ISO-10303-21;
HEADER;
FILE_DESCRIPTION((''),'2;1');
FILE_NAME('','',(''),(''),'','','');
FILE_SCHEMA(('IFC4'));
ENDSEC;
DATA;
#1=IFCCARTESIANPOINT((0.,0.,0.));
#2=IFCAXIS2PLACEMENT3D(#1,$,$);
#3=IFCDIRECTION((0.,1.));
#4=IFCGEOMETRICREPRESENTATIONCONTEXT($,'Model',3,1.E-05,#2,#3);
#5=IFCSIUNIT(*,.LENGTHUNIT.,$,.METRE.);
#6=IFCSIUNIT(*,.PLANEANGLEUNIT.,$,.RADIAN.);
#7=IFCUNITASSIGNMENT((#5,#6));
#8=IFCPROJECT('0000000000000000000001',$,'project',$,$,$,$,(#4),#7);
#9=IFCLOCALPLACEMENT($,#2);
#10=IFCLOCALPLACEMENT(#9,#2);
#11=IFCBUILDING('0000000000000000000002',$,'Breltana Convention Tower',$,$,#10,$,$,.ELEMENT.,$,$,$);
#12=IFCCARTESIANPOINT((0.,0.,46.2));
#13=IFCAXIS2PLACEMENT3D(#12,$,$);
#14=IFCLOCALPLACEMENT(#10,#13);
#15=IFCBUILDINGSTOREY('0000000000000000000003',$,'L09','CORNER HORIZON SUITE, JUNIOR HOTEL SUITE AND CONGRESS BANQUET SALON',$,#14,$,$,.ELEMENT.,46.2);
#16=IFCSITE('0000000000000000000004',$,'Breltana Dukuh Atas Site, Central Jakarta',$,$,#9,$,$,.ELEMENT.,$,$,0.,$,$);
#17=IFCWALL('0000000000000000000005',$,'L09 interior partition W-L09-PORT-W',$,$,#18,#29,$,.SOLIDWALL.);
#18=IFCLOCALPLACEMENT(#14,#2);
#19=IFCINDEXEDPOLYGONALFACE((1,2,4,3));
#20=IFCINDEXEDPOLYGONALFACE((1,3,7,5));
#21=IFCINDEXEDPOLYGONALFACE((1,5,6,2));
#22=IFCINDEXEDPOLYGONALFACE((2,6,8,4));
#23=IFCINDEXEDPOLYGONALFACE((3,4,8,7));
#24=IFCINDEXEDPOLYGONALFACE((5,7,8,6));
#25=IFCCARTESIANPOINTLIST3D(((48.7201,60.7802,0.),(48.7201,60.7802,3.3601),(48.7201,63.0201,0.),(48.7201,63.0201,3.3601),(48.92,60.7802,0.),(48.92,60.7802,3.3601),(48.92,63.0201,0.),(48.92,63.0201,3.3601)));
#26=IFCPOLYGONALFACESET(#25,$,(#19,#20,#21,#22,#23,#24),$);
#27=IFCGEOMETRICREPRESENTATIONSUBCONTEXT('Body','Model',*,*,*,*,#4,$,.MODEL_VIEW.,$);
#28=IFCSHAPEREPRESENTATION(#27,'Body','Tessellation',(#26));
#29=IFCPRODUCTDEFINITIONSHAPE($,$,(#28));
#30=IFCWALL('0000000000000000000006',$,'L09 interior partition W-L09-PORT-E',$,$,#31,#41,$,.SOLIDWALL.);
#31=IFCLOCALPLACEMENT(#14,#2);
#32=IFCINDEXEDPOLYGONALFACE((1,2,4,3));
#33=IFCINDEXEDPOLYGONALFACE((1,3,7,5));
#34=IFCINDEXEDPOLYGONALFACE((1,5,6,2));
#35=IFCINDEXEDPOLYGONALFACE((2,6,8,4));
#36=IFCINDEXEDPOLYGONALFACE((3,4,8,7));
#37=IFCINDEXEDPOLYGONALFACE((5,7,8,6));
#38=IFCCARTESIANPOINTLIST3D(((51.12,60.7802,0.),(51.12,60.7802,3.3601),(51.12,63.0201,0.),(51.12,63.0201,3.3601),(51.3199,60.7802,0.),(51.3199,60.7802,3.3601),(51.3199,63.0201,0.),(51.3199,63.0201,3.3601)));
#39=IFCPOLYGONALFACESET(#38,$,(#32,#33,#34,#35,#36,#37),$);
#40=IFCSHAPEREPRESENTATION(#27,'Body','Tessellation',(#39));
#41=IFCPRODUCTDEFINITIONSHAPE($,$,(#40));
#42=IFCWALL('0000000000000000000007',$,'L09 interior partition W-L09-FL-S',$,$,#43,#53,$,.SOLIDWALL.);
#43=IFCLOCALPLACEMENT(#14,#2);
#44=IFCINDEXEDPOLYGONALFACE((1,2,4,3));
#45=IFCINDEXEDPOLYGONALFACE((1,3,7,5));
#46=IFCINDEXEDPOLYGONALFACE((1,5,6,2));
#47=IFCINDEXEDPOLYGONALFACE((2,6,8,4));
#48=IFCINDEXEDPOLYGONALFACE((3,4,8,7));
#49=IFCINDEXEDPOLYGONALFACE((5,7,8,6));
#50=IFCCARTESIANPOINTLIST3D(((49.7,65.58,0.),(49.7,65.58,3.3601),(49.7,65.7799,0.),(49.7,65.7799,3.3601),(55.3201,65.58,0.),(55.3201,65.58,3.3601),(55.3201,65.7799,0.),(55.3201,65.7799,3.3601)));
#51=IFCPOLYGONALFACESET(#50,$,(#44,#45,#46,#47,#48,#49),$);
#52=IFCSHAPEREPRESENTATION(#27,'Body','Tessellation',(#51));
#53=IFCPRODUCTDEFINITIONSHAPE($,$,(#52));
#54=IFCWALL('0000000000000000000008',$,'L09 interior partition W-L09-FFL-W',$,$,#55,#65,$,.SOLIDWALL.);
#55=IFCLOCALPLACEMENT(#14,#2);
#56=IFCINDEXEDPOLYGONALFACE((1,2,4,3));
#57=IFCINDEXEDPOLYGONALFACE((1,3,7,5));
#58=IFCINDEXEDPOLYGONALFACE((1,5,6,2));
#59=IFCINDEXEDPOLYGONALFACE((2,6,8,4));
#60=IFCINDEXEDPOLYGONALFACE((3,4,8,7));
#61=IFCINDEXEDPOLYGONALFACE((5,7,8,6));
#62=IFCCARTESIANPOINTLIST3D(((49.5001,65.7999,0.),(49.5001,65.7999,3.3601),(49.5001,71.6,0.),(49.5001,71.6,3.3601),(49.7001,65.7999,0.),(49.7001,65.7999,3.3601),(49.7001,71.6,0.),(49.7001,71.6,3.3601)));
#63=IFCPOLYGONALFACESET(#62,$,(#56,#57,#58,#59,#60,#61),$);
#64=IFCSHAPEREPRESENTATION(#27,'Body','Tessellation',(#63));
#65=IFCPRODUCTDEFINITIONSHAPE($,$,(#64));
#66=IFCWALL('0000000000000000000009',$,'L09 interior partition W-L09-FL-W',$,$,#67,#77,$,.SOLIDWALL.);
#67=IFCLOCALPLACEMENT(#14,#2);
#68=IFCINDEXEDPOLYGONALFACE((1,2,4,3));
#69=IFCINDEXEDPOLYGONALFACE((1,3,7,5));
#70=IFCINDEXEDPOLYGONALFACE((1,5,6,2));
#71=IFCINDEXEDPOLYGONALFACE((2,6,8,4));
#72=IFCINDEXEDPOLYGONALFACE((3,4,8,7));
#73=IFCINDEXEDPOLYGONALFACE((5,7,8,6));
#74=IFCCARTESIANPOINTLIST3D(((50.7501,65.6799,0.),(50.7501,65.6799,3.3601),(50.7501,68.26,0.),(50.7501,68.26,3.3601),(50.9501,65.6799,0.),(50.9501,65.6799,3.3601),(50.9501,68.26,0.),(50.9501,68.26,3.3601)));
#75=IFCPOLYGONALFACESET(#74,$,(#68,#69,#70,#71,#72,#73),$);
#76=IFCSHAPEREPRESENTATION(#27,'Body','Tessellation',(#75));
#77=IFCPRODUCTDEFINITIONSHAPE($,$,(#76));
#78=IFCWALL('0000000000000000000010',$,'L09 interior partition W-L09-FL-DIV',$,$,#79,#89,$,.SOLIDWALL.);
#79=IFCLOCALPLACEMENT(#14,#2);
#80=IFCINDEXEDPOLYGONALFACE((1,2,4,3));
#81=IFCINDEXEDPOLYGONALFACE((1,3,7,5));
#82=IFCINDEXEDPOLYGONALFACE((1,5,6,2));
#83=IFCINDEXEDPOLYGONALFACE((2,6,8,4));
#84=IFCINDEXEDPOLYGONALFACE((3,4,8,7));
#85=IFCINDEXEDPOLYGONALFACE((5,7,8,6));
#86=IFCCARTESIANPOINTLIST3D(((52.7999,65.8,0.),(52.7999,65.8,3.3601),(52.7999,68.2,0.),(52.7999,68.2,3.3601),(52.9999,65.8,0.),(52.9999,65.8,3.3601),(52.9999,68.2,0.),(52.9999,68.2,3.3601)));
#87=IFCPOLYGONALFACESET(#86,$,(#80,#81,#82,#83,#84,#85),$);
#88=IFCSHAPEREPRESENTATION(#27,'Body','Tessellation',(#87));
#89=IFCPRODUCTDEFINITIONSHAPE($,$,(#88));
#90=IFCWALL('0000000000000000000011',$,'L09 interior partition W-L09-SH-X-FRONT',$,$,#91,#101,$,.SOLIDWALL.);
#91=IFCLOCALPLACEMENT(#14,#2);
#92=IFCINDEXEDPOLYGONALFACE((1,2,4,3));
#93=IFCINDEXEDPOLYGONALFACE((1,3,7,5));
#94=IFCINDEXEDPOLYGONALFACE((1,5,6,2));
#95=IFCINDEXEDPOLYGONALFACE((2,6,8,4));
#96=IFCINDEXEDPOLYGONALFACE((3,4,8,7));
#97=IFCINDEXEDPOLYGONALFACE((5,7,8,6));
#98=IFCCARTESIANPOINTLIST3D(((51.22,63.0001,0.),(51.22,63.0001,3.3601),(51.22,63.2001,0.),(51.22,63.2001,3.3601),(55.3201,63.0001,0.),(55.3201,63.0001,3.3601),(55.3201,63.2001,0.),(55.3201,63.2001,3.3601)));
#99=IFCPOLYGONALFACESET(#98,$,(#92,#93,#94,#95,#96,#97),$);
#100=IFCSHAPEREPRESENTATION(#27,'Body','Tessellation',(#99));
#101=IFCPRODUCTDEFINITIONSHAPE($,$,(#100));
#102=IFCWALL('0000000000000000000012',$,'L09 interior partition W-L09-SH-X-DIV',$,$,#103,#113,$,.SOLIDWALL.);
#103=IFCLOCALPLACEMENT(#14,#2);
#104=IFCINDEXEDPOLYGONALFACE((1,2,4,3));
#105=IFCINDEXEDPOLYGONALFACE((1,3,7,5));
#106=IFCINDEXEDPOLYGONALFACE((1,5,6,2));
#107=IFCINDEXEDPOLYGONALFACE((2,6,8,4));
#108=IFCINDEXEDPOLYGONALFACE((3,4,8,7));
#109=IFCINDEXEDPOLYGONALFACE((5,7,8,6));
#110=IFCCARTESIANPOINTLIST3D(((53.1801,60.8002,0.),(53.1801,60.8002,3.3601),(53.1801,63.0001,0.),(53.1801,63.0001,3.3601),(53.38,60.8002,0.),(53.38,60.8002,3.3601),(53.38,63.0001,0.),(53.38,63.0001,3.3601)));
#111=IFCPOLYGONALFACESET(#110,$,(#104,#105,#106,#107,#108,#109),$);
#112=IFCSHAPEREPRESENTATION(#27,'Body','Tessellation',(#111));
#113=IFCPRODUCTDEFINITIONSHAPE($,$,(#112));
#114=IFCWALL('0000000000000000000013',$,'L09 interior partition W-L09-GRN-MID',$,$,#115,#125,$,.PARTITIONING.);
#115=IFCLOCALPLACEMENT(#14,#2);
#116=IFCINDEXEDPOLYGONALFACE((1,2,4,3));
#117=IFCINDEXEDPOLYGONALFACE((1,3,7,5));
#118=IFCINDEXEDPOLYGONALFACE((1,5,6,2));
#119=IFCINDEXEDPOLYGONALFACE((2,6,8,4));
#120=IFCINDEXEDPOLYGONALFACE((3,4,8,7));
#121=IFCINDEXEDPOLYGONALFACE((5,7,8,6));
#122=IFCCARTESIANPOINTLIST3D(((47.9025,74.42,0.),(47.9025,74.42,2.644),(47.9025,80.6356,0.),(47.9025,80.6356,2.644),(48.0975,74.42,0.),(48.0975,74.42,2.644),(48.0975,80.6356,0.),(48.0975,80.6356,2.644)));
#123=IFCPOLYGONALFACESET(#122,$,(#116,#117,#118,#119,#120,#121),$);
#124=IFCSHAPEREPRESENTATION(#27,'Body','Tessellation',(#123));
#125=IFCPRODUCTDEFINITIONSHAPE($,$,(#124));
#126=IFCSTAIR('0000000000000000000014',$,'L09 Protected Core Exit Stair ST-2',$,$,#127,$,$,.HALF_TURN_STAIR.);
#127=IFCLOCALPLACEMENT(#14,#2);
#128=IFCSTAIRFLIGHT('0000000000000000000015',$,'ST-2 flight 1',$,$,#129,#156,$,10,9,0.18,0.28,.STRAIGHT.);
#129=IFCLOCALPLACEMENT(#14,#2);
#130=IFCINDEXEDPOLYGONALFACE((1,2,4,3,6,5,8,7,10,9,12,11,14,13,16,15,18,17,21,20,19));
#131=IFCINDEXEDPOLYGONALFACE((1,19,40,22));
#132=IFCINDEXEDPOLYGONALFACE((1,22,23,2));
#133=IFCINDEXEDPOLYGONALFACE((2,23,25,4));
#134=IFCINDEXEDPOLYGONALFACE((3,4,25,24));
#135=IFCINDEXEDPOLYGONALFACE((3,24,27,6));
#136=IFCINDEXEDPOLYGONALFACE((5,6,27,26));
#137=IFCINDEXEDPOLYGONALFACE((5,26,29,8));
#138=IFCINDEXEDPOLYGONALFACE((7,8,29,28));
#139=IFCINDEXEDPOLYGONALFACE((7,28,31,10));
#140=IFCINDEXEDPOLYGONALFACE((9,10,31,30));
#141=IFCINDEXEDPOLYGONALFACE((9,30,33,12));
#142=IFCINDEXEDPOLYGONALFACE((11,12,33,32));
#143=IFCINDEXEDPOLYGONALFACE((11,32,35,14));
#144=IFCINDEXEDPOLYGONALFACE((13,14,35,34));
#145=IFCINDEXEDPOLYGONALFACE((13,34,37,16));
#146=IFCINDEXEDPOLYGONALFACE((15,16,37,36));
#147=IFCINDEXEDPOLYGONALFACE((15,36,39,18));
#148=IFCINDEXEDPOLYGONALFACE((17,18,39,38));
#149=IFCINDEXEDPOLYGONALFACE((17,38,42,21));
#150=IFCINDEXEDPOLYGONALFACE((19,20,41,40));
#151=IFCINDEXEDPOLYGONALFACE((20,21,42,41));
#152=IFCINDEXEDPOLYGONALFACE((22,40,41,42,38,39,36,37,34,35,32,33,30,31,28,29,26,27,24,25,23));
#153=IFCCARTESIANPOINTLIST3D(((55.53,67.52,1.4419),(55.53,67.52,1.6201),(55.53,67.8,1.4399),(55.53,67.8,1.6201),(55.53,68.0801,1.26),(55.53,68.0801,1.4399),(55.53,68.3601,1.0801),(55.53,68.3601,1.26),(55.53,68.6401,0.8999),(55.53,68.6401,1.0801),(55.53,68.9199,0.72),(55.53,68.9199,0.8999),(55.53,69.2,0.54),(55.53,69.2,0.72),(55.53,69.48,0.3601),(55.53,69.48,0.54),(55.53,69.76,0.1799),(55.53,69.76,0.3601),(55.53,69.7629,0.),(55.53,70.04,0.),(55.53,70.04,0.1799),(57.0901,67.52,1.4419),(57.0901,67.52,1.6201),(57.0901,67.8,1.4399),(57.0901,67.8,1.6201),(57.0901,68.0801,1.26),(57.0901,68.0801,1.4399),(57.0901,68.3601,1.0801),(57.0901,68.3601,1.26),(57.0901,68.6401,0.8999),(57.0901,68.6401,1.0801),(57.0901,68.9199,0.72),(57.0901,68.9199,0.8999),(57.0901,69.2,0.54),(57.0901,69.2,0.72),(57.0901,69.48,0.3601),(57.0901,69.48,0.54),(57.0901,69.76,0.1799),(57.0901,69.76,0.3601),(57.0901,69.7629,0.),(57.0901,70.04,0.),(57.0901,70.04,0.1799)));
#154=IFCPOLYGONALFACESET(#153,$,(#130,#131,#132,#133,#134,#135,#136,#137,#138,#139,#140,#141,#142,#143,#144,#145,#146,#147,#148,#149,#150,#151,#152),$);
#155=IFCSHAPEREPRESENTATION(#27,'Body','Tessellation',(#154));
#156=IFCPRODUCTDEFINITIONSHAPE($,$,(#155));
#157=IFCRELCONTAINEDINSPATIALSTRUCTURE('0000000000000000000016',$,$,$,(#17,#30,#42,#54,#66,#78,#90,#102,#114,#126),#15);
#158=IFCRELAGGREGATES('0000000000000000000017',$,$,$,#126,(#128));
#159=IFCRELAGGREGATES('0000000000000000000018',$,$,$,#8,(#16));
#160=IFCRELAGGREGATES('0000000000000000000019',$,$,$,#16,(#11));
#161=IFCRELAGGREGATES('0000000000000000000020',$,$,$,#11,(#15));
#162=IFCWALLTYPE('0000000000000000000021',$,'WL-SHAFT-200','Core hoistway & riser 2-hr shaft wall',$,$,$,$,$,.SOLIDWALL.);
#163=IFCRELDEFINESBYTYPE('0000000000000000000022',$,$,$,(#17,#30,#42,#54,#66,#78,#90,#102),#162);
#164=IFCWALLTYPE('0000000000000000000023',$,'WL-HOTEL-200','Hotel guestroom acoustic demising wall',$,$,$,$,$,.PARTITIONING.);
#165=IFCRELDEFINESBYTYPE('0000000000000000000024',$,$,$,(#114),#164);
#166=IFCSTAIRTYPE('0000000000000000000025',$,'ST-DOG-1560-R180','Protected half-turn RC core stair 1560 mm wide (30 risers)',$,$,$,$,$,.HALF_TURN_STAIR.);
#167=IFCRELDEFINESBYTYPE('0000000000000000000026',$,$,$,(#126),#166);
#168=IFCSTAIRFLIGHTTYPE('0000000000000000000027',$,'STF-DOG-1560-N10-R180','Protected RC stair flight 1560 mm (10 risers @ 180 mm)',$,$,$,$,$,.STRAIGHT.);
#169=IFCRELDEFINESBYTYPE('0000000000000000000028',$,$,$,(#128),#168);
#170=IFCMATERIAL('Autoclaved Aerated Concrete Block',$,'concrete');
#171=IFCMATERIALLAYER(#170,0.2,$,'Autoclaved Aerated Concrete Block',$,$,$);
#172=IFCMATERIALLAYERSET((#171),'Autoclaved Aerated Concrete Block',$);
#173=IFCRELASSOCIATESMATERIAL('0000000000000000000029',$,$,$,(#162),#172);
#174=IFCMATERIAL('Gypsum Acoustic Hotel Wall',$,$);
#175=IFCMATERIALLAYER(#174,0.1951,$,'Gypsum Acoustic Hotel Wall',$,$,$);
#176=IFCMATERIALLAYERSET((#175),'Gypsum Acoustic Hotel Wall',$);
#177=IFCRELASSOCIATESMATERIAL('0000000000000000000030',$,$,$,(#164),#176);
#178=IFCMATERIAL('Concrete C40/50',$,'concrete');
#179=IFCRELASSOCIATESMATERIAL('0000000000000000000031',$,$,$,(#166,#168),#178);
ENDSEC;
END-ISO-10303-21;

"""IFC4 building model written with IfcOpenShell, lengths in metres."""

from ifc_helpers import new_model, si_unit, direction, frame, frame_2d, origin, place, context, subcontext, project, spatial, polyline, rectangle, outline, extrude, source, transform, mapped, material, layer, layer_set, type_object, element, aggregate, save


model = new_model("IFC4")

# Units and contexts
model_context = context("Model", 3, precision=1e-05, world=origin(), true_north=direction((0.0, 1.0)))
body_context = subcontext(model_context, "Body", "Model", "MODEL_VIEW")
ifc_project = project(units=[si_unit("LENGTHUNIT", "METRE"), si_unit("PLANEANGLEUNIT", "RADIAN")], contexts=[model_context])

# Site, building, storey
site_placement = place(None, origin())
site = spatial("IfcSite", under=ifc_project, at=site_placement, Name="Breltana Dukuh Atas Site, Central Jakarta", CompositionType="ELEMENT", RefElevation=0.0)
building_placement = place(site_placement, origin())
building = spatial("IfcBuilding", under=site, at=building_placement, Name="Breltana Convention Tower", CompositionType="ELEMENT")
storey_placement = place(building_placement, frame((0.0, 0.0, 46.2)))
storey = spatial("IfcBuildingStorey", under=building, at=storey_placement, Name="L09", Description="CORNER HORIZON SUITE, JUNIOR HOTEL SUITE AND CONGRESS BANQUET SALON", CompositionType="ELEMENT", Elevation=46.2)

# Walls
ifc_material_1 = material(Name="Autoclaved Aerated Concrete Block", Category="concrete")
ifc_layer_1 = layer(ifc_material_1, 0.2, Name="Autoclaved Aerated Concrete Block")
ifc_layer_set_1 = layer_set([ifc_layer_1], Name="Autoclaved Aerated Concrete Block")
wall_type_1 = type_object("IfcWallType", Name="WL-SHAFT-200", Description="Core hoistway & riser 2-hr shaft wall", PredefinedType="SOLIDWALL", material=ifc_layer_set_1)
shared_shape_1 = source(origin(), body_context, "Body", "SweptSolid", [
    extrude(rectangle(XDim=2.24, YDim=0.2, at=frame_2d((1.1201, 0.0))), origin(), (0.0, 0.0, 1.0), 3.3601),
])
for number, where, z_axis, x_axis, name in (
    (1, (48.8201, 60.78, 0.0), (0.0, 0.0, 1.0), (0.0, 1.0, 0.0), "L09 interior partition W-L09-PORT-W"),
    (2, (51.22, 60.78, 0.0), (0.0, 0.0, 1.0), (0.0, 1.0, 0.0), "L09 interior partition W-L09-PORT-E"),
):
    element("IfcWall", number, at=place(storey_placement, frame(where, z_axis=z_axis, x_axis=x_axis)), inside=storey, type_object=wall_type_1, Name=name, PredefinedType="SOLIDWALL", context=body_context, shape_type="MappedRepresentation", body=[
        mapped(shared_shape_1, transform((0.0, 0.0, 0.0), scale=1.0)),
    ])

# Shared definitions
shared_shape_2 = source(origin(), body_context, "Body", "SweptSolid", [
    extrude(rectangle(XDim=5.6201, YDim=0.2, at=frame_2d((2.8101, 0.0))), origin(), (0.0, 0.0, 1.0), 3.3601),
])

# Walls
wall_1_placement = place(storey_placement, frame((49.7, 65.6799, 0.0), z_axis=(0.0, 0.0, 1.0), x_axis=(1.0, 0.0, 0.0)))
element("IfcWall", 3, at=wall_1_placement, inside=storey, type_object=wall_type_1, Name="L09 interior partition W-L09-FL-S", PredefinedType="SOLIDWALL", context=body_context, shape_type="MappedRepresentation", body=[
    mapped(shared_shape_2, transform((0.0, 0.0, 0.0), scale=1.0)),
])
shared_shape_3 = source(origin(), body_context, "Body", "SweptSolid", [
    extrude(rectangle(XDim=5.8, YDim=0.2, at=frame_2d((2.8999, 0.0))), origin(), (0.0, 0.0, 1.0), 3.3601),
])
wall_2_placement = place(storey_placement, frame((49.6001, 65.8, 0.0), z_axis=(0.0, 0.0, 1.0), x_axis=(0.0, 1.0, 0.0)))
element("IfcWall", 4, at=wall_2_placement, inside=storey, type_object=wall_type_1, Name="L09 interior partition W-L09-FFL-W", PredefinedType="SOLIDWALL", context=body_context, shape_type="MappedRepresentation", body=[
    mapped(shared_shape_3, transform((0.0, 0.0, 0.0), scale=1.0)),
])
shared_shape_4 = source(origin(), body_context, "Body", "SweptSolid", [
    extrude(rectangle(XDim=2.5801, YDim=0.2, at=frame_2d((1.29, 0.0))), origin(), (0.0, 0.0, 1.0), 3.3601),
])
wall_3_placement = place(storey_placement, frame((50.8501, 65.6799, 0.0), z_axis=(0.0, 0.0, 1.0), x_axis=(0.0, 1.0, 0.0)))
element("IfcWall", 5, at=wall_3_placement, inside=storey, type_object=wall_type_1, Name="L09 interior partition W-L09-FL-W", PredefinedType="SOLIDWALL", context=body_context, shape_type="MappedRepresentation", body=[
    mapped(shared_shape_4, transform((0.0, 0.0, 0.0), scale=1.0)),
])
shared_shape_5 = source(origin(), body_context, "Body", "SweptSolid", [
    extrude(rectangle(XDim=2.3999, YDim=0.2, at=frame_2d((1.2, 0.0))), origin(), (0.0, 0.0, 1.0), 3.3601),
])
wall_4_placement = place(storey_placement, frame((52.8999, 65.8, 0.0), z_axis=(0.0, 0.0, 1.0), x_axis=(0.0, 1.0, 0.0)))
element("IfcWall", 6, at=wall_4_placement, inside=storey, type_object=wall_type_1, Name="L09 interior partition W-L09-FL-DIV", PredefinedType="SOLIDWALL", context=body_context, shape_type="MappedRepresentation", body=[
    mapped(shared_shape_5, transform((0.0, 0.0, 0.0), scale=1.0)),
])
shared_shape_6 = source(origin(), body_context, "Body", "SweptSolid", [
    extrude(rectangle(XDim=4.1001, YDim=0.2, at=frame_2d((2.05, 0.0))), origin(), (0.0, 0.0, 1.0), 3.3601),
])
wall_5_placement = place(storey_placement, frame((51.22, 63.1001, 0.0), z_axis=(0.0, 0.0, 1.0), x_axis=(1.0, 0.0, 0.0)))
element("IfcWall", 7, at=wall_5_placement, inside=storey, type_object=wall_type_1, Name="L09 interior partition W-L09-SH-X-FRONT", PredefinedType="SOLIDWALL", context=body_context, shape_type="MappedRepresentation", body=[
    mapped(shared_shape_6, transform((0.0, 0.0, 0.0), scale=1.0)),
])
shared_shape_7 = source(origin(), body_context, "Body", "SweptSolid", [
    extrude(rectangle(XDim=2.2, YDim=0.2, at=frame_2d((1.1001, 0.0))), origin(), (0.0, 0.0, 1.0), 3.3601),
])
wall_6_placement = place(storey_placement, frame((53.28, 60.8, 0.0), z_axis=(0.0, 0.0, 1.0), x_axis=(0.0, 1.0, 0.0)))
element("IfcWall", 8, at=wall_6_placement, inside=storey, type_object=wall_type_1, Name="L09 interior partition W-L09-SH-X-DIV", PredefinedType="SOLIDWALL", context=body_context, shape_type="MappedRepresentation", body=[
    mapped(shared_shape_7, transform((0.0, 0.0, 0.0), scale=1.0)),
])
ifc_material_2 = material(Name="Gypsum Acoustic Hotel Wall")
ifc_layer_2 = layer(ifc_material_2, 0.1951, Name="Gypsum Acoustic Hotel Wall")
ifc_layer_set_2 = layer_set([ifc_layer_2], Name="Gypsum Acoustic Hotel Wall")
wall_type_2 = type_object("IfcWallType", Name="WL-HOTEL-200", Description="Hotel guestroom acoustic demising wall", PredefinedType="PARTITIONING", material=ifc_layer_set_2)
shared_shape_8 = source(origin(), body_context, "Body", "SweptSolid", [
    extrude(rectangle(XDim=6.2156, YDim=0.1951, at=frame_2d((3.1079, 0.0))), origin(), (0.0, 0.0, 1.0), 2.644),
])
wall_7_placement = place(storey_placement, frame((48.0, 74.4199, 0.0), z_axis=(0.0, 0.0, 1.0), x_axis=(0.0, 1.0, 0.0)))
element("IfcWall", 9, at=wall_7_placement, inside=storey, type_object=wall_type_2, Name="L09 interior partition W-L09-GRN-MID", PredefinedType="PARTITIONING", context=body_context, shape_type="MappedRepresentation", body=[
    mapped(shared_shape_8, transform((0.0, 0.0, 0.0), scale=1.0)),
])

# Stair, stair flight
ifc_material_3 = material(Name="Concrete C40/50", Category="concrete")
stair_type = type_object("IfcStairType", Name="ST-DOG-1560-R180", Description="Protected half-turn RC core stair 1560 mm wide (30 risers)", PredefinedType="HALF_TURN_STAIR", material=ifc_material_3)
stair_placement = place(storey_placement, origin())
stair = element("IfcStair", 10, at=stair_placement, inside=storey, type_object=stair_type, Name="L09 Protected Core Exit Stair ST-2", PredefinedType="HALF_TURN_STAIR")
stair_flight_type = type_object("IfcStairFlightType", Name="STF-DOG-1560-N10-R180", Description="Protected RC stair flight 1560 mm (10 risers @ 180 mm)", PredefinedType="STRAIGHT", material=ifc_material_3)
stair_flight_1_placement = place(storey_placement, frame((56.3101, 70.04, 0.0), z_axis=(0.0, 0.0, 1.0), x_axis=(0.0, -1.0, 0.0)))
stair_flight_1 = element("IfcStairFlight", 11, at=stair_flight_1_placement, type_object=stair_flight_type, Name="ST-2 flight 1", NumberOfRisers=10, NumberOfTreads=9, PredefinedType="STRAIGHT", RiserHeight=0.18, TreadLength=0.28, context=body_context, shape_type="SweptSolid", body=[
    extrude(outline(polyline([(0.0, 0.0), (0.0, 0.1799), (0.28, 0.1799), (0.28, 0.3601), (0.5601, 0.3601), (0.5601, 0.54), (0.8401, 0.54), (0.8401, 0.72), (1.1201, 0.72), (1.1201, 0.8999), (1.3999, 0.8999), (1.3999, 1.0801), (1.6799, 1.0801), (1.6799, 1.26), (1.96, 1.26), (1.96, 1.4399), (2.24, 1.4399), (2.24, 1.6201), (2.52, 1.6201), (2.52, 1.8), (2.52, 1.4419), (0.2771, 0.0), (0.0, 0.0)])), frame((0.0, 0.78, 0.0), z_axis=(0.0, -1.0, 0.0), x_axis=(1.0, 0.0, 0.0)), (0.0, 0.0, 1.0), 1.5601),
])
aggregate(stair, [stair_flight_1])

save(model, "model.ifc")
